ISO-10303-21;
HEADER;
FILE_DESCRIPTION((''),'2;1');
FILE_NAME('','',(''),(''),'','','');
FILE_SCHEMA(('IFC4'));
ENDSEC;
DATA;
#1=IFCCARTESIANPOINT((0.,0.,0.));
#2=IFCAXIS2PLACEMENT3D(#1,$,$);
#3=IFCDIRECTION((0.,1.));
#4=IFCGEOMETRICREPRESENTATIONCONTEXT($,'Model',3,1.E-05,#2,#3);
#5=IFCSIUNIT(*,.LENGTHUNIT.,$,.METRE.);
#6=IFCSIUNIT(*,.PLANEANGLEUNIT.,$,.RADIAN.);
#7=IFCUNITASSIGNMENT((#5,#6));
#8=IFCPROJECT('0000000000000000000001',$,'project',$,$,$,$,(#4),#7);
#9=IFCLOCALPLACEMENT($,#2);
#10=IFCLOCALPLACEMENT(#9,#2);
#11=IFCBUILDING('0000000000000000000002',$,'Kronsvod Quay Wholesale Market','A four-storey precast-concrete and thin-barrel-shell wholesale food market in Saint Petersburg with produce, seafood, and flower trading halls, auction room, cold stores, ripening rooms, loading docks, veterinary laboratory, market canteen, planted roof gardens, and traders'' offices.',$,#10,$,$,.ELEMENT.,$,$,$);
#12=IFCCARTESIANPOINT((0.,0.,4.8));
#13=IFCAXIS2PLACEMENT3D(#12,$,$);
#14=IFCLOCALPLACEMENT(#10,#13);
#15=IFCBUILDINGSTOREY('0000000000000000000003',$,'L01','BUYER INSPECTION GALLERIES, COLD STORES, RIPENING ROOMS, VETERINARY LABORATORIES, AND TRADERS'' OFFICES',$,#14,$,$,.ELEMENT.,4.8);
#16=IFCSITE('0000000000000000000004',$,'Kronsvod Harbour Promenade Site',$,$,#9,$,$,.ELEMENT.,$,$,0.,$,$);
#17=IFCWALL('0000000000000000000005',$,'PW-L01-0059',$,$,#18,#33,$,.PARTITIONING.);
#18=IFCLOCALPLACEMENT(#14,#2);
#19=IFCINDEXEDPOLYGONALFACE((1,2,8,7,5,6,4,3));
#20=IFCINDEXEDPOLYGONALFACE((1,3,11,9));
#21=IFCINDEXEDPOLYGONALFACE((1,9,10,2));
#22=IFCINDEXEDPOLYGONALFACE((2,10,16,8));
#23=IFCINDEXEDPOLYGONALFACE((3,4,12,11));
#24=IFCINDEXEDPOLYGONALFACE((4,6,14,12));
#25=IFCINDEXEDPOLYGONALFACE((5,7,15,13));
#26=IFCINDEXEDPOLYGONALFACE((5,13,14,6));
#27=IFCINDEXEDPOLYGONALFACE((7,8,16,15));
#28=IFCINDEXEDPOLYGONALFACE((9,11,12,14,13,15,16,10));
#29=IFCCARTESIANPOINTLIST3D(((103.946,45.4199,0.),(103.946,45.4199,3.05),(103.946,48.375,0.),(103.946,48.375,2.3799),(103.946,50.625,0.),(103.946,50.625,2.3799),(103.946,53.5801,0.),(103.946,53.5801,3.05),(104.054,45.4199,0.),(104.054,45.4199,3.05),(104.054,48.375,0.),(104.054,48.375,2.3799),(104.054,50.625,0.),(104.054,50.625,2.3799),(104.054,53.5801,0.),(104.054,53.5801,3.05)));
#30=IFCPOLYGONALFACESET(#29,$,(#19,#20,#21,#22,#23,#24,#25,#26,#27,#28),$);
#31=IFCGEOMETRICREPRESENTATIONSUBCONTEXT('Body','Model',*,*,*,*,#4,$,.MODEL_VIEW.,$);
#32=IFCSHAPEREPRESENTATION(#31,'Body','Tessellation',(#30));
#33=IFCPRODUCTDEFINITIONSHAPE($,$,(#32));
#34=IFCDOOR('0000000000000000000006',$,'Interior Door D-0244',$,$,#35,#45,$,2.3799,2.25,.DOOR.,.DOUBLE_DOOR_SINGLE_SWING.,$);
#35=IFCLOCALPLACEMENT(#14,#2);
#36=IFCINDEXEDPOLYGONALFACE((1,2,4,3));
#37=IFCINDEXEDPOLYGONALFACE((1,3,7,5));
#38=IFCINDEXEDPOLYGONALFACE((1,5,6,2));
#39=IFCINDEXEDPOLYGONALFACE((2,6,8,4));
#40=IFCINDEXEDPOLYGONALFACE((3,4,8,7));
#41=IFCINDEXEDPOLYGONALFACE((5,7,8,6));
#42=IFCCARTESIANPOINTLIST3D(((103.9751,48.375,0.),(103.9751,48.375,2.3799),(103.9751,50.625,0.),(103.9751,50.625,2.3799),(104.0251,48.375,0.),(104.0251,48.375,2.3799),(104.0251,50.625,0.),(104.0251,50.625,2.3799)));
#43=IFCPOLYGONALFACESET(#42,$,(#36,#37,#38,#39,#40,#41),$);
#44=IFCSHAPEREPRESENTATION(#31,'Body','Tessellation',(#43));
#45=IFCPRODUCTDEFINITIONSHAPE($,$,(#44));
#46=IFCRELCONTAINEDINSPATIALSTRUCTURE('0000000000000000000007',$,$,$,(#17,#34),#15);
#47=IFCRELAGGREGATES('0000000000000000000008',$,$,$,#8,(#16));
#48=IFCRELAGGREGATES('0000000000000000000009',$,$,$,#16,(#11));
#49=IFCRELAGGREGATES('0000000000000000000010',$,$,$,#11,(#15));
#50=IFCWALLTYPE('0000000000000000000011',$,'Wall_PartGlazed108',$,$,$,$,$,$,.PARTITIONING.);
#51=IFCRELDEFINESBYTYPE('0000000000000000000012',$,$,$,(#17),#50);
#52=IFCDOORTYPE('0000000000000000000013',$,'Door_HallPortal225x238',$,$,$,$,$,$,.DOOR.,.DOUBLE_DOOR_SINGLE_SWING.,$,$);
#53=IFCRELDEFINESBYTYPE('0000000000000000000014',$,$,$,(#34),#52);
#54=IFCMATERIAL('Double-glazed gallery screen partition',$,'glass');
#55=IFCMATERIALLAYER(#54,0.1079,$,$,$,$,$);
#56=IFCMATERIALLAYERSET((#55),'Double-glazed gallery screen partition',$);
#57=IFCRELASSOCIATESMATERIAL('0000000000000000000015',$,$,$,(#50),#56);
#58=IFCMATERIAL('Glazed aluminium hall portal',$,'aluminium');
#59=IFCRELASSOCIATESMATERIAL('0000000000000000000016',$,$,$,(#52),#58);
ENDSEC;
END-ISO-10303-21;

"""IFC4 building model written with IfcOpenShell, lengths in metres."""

from ifc_helpers import new_model, si_unit, direction, frame, frame_2d, origin, place, context, subcontext, project, spatial, rectangle, extrude, material, layer, layer_set, type_object, element, fill, save


model = new_model("IFC4")

# Units and contexts
model_context = context("Model", 3, precision=1e-05, world=origin(), true_north=direction((0.0, 1.0)))
body_context = subcontext(model_context, "Body", "Model", "MODEL_VIEW")
ifc_project = project(units=[si_unit("LENGTHUNIT", "METRE"), si_unit("PLANEANGLEUNIT", "RADIAN")], contexts=[model_context])

# Site, building, storey
site_placement = place(None, origin())
site = spatial("IfcSite", under=ifc_project, at=site_placement, Name="Kronsvod Harbour Promenade Site", CompositionType="ELEMENT", RefElevation=0.0)
building_placement = place(site_placement, origin())
building = spatial("IfcBuilding", under=site, at=building_placement, Name="Kronsvod Quay Wholesale Market", Description="A four-storey precast-concrete and thin-barrel-shell wholesale food market in Saint Petersburg with produce, seafood, and flower trading halls, auction room, cold stores, ripening rooms, loading docks, veterinary laboratory, market canteen, planted roof gardens, and traders' offices.", CompositionType="ELEMENT")
storey_placement = place(building_placement, frame((0.0, 0.0, 4.8)))
storey = spatial("IfcBuildingStorey", under=building, at=storey_placement, Name="L01", Description="BUYER INSPECTION GALLERIES, COLD STORES, RIPENING ROOMS, VETERINARY LABORATORIES, AND TRADERS' OFFICES", CompositionType="ELEMENT", Elevation=4.8)

# Wall, opening, door
ifc_material_1 = material(Name="Double-glazed gallery screen partition", Category="glass")
ifc_layer_1 = layer(ifc_material_1, 0.1079)
ifc_layer_set_1 = layer_set([ifc_layer_1], Name="Double-glazed gallery screen partition")
wall_type_1 = type_object("IfcWallType", Name="Wall_PartGlazed108", PredefinedType="PARTITIONING", material=ifc_layer_set_1)
wall_1_placement = place(storey_placement, frame((104.0, 45.4199, 0.0), z_axis=(0.0, 0.0, 1.0), x_axis=(0.0, 1.0, 0.0)))
wall_1 = element("IfcWall", 1, at=wall_1_placement, inside=storey, type_object=wall_type_1, Name="PW-L01-0059", PredefinedType="PARTITIONING", context=body_context, shape_type="SweptSolid", body=[
    extrude(rectangle(XDim=8.1602, YDim=0.1079, at=frame_2d((4.0801, 0.0))), origin(), (0.0, 0.0, 1.0), 3.05),
])
opening_1_placement = place(wall_1_placement, frame((2.9551, 0.0, 0.0)))
opening_1 = element("IfcOpeningElement", 2, at=opening_1_placement, cuts=wall_1, PredefinedType="OPENING", context=body_context, shape_type="SweptSolid", body=[
    extrude(rectangle(XDim=2.25, YDim=2.3799, at=frame_2d((1.125, 1.1899))), frame((0.0, 0.064, 0.0), z_axis=(0.0, -1.0, 0.0), x_axis=(1.0, 0.0, 0.0)), (0.0, 0.0, 1.0), 0.1279),
])
ifc_material_2 = material(Name="Glazed aluminium hall portal", Category="aluminium")
door_type_1 = type_object("IfcDoorType", Name="Door_HallPortal225x238", OperationType="DOUBLE_DOOR_SINGLE_SWING", PredefinedType="DOOR", material=ifc_material_2)
door_1_placement = place(opening_1_placement, origin())
door_1 = element("IfcDoor", 3, at=door_1_placement, inside=storey, type_object=door_type_1, Name="Interior Door D-0244", OperationType="DOUBLE_DOOR_SINGLE_SWING", OverallHeight=2.3799, OverallWidth=2.25, PredefinedType="DOOR", context=body_context, shape_type="SweptSolid", body=[
    extrude(rectangle(XDim=2.25, YDim=2.3799, at=frame_2d((1.125, 1.1899))), frame((0.0, 0.0249, 0.0), z_axis=(0.0, -1.0, 0.0), x_axis=(1.0, 0.0, 0.0)), (0.0, 0.0, 1.0), 0.05),
])
fill(opening_1, door_1)

save(model, "model.ifc")
